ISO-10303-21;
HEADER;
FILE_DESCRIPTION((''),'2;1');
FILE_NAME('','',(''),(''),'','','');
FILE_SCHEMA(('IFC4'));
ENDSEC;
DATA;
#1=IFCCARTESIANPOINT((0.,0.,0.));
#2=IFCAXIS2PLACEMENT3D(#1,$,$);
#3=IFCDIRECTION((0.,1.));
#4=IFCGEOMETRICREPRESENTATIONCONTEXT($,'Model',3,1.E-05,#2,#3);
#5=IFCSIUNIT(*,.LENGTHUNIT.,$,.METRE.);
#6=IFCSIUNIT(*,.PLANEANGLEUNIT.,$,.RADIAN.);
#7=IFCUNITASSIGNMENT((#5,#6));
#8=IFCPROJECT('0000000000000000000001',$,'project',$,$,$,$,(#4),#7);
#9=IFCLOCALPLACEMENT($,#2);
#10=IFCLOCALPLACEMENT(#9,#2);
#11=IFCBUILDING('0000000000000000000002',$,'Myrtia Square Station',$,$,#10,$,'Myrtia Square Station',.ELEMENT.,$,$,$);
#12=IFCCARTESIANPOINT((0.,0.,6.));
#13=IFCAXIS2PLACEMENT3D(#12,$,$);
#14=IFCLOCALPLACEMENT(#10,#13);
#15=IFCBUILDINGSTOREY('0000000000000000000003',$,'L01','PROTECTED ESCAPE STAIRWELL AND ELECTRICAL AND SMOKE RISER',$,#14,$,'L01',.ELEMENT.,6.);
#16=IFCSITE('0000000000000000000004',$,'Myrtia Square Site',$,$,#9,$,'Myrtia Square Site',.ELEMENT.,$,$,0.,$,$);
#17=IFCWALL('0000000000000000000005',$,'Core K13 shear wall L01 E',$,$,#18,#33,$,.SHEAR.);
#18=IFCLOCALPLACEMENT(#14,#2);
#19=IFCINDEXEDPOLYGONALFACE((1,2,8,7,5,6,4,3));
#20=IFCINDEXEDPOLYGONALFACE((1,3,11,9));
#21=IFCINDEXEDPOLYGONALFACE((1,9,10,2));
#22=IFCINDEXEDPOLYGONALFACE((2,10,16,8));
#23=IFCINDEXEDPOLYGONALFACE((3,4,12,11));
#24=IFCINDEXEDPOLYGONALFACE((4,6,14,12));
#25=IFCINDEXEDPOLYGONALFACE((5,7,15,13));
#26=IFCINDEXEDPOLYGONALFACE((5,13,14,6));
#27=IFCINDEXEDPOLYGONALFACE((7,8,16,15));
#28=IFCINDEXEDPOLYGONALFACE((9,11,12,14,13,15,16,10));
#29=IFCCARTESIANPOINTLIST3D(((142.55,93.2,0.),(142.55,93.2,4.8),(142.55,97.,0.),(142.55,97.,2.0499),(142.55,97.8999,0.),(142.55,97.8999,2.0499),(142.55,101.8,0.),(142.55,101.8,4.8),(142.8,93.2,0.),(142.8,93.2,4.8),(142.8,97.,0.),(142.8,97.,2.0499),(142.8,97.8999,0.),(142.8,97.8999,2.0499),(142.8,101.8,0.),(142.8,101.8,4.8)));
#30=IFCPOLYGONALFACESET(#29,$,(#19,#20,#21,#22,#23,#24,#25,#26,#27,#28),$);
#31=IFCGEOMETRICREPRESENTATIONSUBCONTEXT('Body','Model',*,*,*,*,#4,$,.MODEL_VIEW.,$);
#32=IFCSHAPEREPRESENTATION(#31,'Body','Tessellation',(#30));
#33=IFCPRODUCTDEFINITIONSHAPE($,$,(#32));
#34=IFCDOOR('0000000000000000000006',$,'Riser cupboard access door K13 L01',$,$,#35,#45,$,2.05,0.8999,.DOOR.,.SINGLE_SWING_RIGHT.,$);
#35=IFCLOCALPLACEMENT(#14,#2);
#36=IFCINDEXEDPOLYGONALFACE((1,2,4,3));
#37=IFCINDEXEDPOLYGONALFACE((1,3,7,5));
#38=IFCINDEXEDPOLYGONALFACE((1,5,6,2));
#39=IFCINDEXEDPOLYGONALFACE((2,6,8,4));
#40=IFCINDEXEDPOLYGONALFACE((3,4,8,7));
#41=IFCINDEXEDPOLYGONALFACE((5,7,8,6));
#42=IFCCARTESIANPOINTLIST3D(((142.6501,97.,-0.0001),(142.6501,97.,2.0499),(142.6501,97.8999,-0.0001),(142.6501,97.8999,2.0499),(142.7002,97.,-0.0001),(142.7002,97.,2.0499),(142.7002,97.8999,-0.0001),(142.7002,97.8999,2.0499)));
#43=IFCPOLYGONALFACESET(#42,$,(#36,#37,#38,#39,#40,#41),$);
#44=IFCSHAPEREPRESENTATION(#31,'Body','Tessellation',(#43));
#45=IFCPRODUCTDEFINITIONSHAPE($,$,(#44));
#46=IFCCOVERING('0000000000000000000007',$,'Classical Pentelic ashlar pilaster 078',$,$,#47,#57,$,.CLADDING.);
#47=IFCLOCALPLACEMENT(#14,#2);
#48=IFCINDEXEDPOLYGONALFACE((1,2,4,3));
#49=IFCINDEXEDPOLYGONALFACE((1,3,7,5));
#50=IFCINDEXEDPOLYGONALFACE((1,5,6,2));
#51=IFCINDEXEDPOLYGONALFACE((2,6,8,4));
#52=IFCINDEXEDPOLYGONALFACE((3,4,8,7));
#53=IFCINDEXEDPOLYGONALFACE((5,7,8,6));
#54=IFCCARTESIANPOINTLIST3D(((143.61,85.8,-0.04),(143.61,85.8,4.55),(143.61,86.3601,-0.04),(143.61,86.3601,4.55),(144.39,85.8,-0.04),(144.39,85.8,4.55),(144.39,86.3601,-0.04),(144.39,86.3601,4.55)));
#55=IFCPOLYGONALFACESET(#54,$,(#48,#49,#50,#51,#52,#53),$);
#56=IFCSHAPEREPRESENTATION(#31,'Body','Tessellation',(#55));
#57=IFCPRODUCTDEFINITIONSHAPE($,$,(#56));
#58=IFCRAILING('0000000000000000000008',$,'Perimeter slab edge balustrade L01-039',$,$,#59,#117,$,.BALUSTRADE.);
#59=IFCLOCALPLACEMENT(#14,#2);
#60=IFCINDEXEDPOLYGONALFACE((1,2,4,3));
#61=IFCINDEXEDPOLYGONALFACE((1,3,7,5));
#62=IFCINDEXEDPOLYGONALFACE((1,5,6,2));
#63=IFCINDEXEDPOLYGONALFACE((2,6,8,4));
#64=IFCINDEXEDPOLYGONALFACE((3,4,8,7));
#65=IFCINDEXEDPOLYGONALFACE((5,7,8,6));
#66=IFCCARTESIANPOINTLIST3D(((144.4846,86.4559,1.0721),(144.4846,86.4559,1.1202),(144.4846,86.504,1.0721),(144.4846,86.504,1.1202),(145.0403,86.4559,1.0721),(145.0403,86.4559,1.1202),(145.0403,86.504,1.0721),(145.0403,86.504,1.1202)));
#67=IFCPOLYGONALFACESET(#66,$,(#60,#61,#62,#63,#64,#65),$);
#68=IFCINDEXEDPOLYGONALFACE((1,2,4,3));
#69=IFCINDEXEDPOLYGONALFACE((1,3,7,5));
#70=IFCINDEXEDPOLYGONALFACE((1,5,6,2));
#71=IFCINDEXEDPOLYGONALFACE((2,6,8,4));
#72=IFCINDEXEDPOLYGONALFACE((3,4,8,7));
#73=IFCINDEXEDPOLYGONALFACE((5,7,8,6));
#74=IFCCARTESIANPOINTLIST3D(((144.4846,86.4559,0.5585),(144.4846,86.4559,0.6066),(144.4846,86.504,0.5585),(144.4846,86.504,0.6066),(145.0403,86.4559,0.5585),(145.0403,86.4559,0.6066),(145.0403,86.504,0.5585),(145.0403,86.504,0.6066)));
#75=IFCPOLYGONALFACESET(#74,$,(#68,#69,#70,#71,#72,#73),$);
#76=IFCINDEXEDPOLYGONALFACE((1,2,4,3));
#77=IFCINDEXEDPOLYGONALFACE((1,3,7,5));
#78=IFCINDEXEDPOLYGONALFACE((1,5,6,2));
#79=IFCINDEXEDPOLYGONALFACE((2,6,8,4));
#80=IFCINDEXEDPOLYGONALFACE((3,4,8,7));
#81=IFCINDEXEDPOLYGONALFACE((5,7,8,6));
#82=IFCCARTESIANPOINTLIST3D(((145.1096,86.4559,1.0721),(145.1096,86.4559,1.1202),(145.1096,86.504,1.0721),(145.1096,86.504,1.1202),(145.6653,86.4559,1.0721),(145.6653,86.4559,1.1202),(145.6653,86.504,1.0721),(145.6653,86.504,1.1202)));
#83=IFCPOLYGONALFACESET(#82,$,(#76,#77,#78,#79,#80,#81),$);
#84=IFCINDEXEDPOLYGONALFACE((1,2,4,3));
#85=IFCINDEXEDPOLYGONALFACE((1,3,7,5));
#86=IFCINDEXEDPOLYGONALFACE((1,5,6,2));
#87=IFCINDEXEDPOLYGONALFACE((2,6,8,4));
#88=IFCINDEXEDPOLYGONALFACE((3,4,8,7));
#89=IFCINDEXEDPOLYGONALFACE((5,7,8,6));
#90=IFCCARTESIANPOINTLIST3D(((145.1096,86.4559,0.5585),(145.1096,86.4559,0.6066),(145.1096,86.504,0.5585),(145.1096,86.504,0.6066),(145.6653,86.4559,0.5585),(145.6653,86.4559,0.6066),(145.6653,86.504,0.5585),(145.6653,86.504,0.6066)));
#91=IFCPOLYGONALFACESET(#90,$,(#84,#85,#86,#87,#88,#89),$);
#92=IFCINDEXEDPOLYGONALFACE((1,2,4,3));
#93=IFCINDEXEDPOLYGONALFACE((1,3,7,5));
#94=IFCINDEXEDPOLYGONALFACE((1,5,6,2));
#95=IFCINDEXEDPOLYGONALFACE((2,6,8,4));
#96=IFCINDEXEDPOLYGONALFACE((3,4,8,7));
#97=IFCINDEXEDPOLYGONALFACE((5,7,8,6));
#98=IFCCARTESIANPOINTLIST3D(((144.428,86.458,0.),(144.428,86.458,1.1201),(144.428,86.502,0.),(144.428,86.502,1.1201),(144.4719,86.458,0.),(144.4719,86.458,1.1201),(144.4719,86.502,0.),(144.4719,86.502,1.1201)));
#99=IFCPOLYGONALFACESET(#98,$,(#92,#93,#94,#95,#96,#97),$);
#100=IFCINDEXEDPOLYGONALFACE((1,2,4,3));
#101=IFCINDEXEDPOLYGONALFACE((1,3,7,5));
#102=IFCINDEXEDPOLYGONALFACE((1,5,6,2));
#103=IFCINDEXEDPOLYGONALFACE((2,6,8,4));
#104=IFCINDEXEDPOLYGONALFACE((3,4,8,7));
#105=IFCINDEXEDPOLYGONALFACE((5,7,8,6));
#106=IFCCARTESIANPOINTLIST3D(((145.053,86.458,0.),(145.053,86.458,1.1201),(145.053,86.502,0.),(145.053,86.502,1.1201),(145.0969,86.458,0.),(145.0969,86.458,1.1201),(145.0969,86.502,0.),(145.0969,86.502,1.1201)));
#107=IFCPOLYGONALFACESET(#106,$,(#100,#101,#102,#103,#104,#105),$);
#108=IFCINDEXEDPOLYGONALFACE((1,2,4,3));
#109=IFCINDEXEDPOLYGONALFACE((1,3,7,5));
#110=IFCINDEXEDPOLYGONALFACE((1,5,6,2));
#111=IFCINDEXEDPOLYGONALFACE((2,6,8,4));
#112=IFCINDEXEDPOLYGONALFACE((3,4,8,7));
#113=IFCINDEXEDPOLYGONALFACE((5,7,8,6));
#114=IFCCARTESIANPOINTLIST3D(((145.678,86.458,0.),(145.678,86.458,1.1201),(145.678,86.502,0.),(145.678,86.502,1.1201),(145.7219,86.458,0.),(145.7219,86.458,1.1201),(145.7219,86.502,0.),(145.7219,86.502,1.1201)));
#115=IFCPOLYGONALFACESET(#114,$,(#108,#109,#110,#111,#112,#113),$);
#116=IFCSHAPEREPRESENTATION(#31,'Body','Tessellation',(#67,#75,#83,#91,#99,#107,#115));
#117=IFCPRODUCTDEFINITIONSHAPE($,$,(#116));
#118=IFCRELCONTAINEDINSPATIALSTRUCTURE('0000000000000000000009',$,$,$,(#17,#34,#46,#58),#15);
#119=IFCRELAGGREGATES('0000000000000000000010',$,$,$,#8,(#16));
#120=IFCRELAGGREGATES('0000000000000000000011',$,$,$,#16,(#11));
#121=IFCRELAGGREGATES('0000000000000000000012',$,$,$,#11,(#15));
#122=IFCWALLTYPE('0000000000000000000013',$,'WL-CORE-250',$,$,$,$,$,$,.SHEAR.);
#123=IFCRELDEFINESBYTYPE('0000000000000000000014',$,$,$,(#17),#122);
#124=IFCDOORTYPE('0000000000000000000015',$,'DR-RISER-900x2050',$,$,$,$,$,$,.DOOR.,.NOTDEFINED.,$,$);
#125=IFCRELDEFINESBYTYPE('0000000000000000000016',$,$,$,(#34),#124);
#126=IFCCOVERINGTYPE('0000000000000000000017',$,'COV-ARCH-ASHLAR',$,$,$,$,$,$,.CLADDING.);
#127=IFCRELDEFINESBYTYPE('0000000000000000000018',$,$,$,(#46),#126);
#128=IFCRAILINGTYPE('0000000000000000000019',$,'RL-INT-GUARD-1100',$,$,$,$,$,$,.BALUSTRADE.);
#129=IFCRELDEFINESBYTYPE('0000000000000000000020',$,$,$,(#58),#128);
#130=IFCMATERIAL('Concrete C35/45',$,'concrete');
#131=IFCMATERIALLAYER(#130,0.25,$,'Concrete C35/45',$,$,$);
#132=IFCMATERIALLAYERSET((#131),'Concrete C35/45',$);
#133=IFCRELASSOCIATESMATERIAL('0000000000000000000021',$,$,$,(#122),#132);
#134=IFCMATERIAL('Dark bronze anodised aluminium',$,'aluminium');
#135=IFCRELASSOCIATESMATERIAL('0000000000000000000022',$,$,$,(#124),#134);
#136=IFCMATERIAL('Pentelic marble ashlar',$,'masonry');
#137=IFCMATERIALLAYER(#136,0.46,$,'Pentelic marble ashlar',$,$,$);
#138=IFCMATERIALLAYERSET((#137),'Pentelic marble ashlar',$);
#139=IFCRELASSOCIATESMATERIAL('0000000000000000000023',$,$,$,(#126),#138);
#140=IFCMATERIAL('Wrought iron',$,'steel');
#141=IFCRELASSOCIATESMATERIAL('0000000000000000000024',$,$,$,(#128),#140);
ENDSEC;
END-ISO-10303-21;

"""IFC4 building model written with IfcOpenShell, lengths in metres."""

from ifc_helpers import new_model, si_unit, direction, frame, frame_2d, origin, origin_2d, place, context, subcontext, project, spatial, rectangle, extrude, material, layer, layer_set, type_object, element, fill, save


model = new_model("IFC4")

# Units and contexts
model_context = context("Model", 3, precision=1e-05, world=origin(), true_north=direction((0.0, 1.0)))
body_context = subcontext(model_context, "Body", "Model", "MODEL_VIEW")
ifc_project = project(units=[si_unit("LENGTHUNIT", "METRE"), si_unit("PLANEANGLEUNIT", "RADIAN")], contexts=[model_context])

# Site, building, storey
site_placement = place(None, origin())
site = spatial("IfcSite", under=ifc_project, at=site_placement, Name="Myrtia Square Site", LongName="Myrtia Square Site", CompositionType="ELEMENT", RefElevation=0.0)
building_placement = place(site_placement, origin())
building = spatial("IfcBuilding", under=site, at=building_placement, Name="Myrtia Square Station", LongName="Myrtia Square Station", CompositionType="ELEMENT")
storey_placement = place(building_placement, frame((0.0, 0.0, 6.0)))
storey = spatial("IfcBuildingStorey", under=building, at=storey_placement, Name="L01", Description="PROTECTED ESCAPE STAIRWELL AND ELECTRICAL AND SMOKE RISER", LongName="L01", CompositionType="ELEMENT", Elevation=6.0)

# Shared definitions
ifc_material_1 = material(Name="Dark bronze anodised aluminium", Category="aluminium")

# Wall, opening, door
ifc_material_2 = material(Name="Concrete C35/45", Category="concrete")
ifc_layer_1 = layer(ifc_material_2, 0.25, Name="Concrete C35/45")
ifc_layer_set_1 = layer_set([ifc_layer_1], Name="Concrete C35/45")
wall_type = type_object("IfcWallType", Name="WL-CORE-250", PredefinedType="SHEAR", material=ifc_layer_set_1)
wall_placement = place(storey_placement, frame((142.675, 93.2, 0.0), z_axis=(0.0, 0.0, 1.0), x_axis=(0.0, 1.0, 0.0)))
wall = element("IfcWall", 1, at=wall_placement, inside=storey, type_object=wall_type, Name="Core K13 shear wall L01 E", PredefinedType="SHEAR", context=body_context, shape_type="SweptSolid", body=[
    extrude(rectangle(XDim=8.6001, YDim=0.25, at=frame_2d((4.3, 0.0))), origin(), (0.0, 0.0, 1.0), 4.8),
])
opening_placement = place(wall_placement, frame((3.8, 0.0, 0.0)))
opening = element("IfcOpeningElement", 2, at=opening_placement, cuts=wall, PredefinedType="OPENING", context=body_context, shape_type="SweptSolid", body=[
    extrude(rectangle(XDim=0.8999, YDim=2.05, at=frame_2d((0.45, 1.0249))), frame((0.0, 0.1399, 0.0), z_axis=(0.0, -1.0, 0.0), x_axis=(1.0, 0.0, 0.0)), (0.0, 0.0, 1.0), 0.28),
])
door_type = type_object("IfcDoorType", Name="DR-RISER-900x2050", OperationType="NOTDEFINED", PredefinedType="DOOR", material=ifc_material_1)
door_placement = place(opening_placement, origin())
door = element("IfcDoor", 3, at=door_placement, inside=storey, type_object=door_type, Name="Riser cupboard access door K13 L01", OperationType="SINGLE_SWING_RIGHT", OverallHeight=2.05, OverallWidth=0.8999, PredefinedType="DOOR", context=body_context, shape_type="SweptSolid", body=[
    extrude(rectangle(XDim=0.8999, YDim=2.05, at=frame_2d((0.45, 1.0249))), frame((0.0, 0.0249, 0.0), z_axis=(0.0, -1.0, 0.0), x_axis=(1.0, 0.0, 0.0)), (0.0, 0.0, 1.0), 0.05),
])
fill(opening, door)

# Covering
ifc_material_3 = material(Name="Pentelic marble ashlar", Category="masonry")
ifc_layer_2 = layer(ifc_material_3, 0.46, Name="Pentelic marble ashlar")
ifc_layer_set_2 = layer_set([ifc_layer_2], Name="Pentelic marble ashlar")
covering_type = type_object("IfcCoveringType", Name="COV-ARCH-ASHLAR", PredefinedType="CLADDING", material=ifc_layer_set_2)
covering_placement = place(storey_placement, frame((144.0, 86.0801, -0.04), z_axis=(0.0, 0.0, 1.0), x_axis=(1.0, 0.0, 0.0)))
element("IfcCovering", 4, at=covering_placement, inside=storey, type_object=covering_type, Name="Classical Pentelic ashlar pilaster 078", PredefinedType="CLADDING", context=body_context, shape_type="SweptSolid", body=[
    extrude(rectangle(XDim=0.78, YDim=0.5601, at=origin_2d()), origin(), (0.0, 0.0, 1.0), 4.5901),
])

# Railing
ifc_material_4 = material(Name="Wrought iron", Category="steel")
railing_type = type_object("IfcRailingType", Name="RL-INT-GUARD-1100", PredefinedType="BALUSTRADE", material=ifc_material_4)
railing_placement = place(storey_placement, frame((144.45, 86.48, 0.0)))
element("IfcRailing", 5, at=railing_placement, inside=storey, type_object=railing_type, Name="Perimeter slab edge balustrade L01-039", PredefinedType="BALUSTRADE", context=body_context, shape_type="SweptSolid", body=[
    extrude(rectangle(XDim=0.0481, YDim=0.0481, at=origin_2d()), frame((0.0347, 0.0, 1.0962), z_axis=(1.0, 0.0, 0.0), x_axis=(0.0, 1.0, 0.0)), (0.0, 0.0, 1.0), 0.5557),
    extrude(rectangle(XDim=0.0481, YDim=0.0481, at=origin_2d()), frame((0.0347, 0.0, 0.5825), z_axis=(1.0, 0.0, 0.0), x_axis=(0.0, 1.0, 0.0)), (0.0, 0.0, 1.0), 0.5557),
    extrude(rectangle(XDim=0.0481, YDim=0.0481, at=origin_2d()), frame((0.6597, 0.0, 1.0962), z_axis=(1.0, 0.0, 0.0), x_axis=(0.0, 1.0, 0.0)), (0.0, 0.0, 1.0), 0.5557),
    extrude(rectangle(XDim=0.0481, YDim=0.0481, at=origin_2d()), frame((0.6597, 0.0, 0.5825), z_axis=(1.0, 0.0, 0.0), x_axis=(0.0, 1.0, 0.0)), (0.0, 0.0, 1.0), 0.5557),
    extrude(rectangle(XDim=0.0439, YDim=0.0439, at=origin_2d()), origin(), (0.0, 0.0, 1.0), 1.1201),
    extrude(rectangle(XDim=0.0439, YDim=0.0439, at=origin_2d()), frame((0.625, 0.0, 0.0)), (0.0, 0.0, 1.0), 1.1201),
    extrude(rectangle(XDim=0.0439, YDim=0.0439, at=origin_2d()), frame((1.25, 0.0, 0.0)), (0.0, 0.0, 1.0), 1.1201),
])

save(model, "model.ifc")
